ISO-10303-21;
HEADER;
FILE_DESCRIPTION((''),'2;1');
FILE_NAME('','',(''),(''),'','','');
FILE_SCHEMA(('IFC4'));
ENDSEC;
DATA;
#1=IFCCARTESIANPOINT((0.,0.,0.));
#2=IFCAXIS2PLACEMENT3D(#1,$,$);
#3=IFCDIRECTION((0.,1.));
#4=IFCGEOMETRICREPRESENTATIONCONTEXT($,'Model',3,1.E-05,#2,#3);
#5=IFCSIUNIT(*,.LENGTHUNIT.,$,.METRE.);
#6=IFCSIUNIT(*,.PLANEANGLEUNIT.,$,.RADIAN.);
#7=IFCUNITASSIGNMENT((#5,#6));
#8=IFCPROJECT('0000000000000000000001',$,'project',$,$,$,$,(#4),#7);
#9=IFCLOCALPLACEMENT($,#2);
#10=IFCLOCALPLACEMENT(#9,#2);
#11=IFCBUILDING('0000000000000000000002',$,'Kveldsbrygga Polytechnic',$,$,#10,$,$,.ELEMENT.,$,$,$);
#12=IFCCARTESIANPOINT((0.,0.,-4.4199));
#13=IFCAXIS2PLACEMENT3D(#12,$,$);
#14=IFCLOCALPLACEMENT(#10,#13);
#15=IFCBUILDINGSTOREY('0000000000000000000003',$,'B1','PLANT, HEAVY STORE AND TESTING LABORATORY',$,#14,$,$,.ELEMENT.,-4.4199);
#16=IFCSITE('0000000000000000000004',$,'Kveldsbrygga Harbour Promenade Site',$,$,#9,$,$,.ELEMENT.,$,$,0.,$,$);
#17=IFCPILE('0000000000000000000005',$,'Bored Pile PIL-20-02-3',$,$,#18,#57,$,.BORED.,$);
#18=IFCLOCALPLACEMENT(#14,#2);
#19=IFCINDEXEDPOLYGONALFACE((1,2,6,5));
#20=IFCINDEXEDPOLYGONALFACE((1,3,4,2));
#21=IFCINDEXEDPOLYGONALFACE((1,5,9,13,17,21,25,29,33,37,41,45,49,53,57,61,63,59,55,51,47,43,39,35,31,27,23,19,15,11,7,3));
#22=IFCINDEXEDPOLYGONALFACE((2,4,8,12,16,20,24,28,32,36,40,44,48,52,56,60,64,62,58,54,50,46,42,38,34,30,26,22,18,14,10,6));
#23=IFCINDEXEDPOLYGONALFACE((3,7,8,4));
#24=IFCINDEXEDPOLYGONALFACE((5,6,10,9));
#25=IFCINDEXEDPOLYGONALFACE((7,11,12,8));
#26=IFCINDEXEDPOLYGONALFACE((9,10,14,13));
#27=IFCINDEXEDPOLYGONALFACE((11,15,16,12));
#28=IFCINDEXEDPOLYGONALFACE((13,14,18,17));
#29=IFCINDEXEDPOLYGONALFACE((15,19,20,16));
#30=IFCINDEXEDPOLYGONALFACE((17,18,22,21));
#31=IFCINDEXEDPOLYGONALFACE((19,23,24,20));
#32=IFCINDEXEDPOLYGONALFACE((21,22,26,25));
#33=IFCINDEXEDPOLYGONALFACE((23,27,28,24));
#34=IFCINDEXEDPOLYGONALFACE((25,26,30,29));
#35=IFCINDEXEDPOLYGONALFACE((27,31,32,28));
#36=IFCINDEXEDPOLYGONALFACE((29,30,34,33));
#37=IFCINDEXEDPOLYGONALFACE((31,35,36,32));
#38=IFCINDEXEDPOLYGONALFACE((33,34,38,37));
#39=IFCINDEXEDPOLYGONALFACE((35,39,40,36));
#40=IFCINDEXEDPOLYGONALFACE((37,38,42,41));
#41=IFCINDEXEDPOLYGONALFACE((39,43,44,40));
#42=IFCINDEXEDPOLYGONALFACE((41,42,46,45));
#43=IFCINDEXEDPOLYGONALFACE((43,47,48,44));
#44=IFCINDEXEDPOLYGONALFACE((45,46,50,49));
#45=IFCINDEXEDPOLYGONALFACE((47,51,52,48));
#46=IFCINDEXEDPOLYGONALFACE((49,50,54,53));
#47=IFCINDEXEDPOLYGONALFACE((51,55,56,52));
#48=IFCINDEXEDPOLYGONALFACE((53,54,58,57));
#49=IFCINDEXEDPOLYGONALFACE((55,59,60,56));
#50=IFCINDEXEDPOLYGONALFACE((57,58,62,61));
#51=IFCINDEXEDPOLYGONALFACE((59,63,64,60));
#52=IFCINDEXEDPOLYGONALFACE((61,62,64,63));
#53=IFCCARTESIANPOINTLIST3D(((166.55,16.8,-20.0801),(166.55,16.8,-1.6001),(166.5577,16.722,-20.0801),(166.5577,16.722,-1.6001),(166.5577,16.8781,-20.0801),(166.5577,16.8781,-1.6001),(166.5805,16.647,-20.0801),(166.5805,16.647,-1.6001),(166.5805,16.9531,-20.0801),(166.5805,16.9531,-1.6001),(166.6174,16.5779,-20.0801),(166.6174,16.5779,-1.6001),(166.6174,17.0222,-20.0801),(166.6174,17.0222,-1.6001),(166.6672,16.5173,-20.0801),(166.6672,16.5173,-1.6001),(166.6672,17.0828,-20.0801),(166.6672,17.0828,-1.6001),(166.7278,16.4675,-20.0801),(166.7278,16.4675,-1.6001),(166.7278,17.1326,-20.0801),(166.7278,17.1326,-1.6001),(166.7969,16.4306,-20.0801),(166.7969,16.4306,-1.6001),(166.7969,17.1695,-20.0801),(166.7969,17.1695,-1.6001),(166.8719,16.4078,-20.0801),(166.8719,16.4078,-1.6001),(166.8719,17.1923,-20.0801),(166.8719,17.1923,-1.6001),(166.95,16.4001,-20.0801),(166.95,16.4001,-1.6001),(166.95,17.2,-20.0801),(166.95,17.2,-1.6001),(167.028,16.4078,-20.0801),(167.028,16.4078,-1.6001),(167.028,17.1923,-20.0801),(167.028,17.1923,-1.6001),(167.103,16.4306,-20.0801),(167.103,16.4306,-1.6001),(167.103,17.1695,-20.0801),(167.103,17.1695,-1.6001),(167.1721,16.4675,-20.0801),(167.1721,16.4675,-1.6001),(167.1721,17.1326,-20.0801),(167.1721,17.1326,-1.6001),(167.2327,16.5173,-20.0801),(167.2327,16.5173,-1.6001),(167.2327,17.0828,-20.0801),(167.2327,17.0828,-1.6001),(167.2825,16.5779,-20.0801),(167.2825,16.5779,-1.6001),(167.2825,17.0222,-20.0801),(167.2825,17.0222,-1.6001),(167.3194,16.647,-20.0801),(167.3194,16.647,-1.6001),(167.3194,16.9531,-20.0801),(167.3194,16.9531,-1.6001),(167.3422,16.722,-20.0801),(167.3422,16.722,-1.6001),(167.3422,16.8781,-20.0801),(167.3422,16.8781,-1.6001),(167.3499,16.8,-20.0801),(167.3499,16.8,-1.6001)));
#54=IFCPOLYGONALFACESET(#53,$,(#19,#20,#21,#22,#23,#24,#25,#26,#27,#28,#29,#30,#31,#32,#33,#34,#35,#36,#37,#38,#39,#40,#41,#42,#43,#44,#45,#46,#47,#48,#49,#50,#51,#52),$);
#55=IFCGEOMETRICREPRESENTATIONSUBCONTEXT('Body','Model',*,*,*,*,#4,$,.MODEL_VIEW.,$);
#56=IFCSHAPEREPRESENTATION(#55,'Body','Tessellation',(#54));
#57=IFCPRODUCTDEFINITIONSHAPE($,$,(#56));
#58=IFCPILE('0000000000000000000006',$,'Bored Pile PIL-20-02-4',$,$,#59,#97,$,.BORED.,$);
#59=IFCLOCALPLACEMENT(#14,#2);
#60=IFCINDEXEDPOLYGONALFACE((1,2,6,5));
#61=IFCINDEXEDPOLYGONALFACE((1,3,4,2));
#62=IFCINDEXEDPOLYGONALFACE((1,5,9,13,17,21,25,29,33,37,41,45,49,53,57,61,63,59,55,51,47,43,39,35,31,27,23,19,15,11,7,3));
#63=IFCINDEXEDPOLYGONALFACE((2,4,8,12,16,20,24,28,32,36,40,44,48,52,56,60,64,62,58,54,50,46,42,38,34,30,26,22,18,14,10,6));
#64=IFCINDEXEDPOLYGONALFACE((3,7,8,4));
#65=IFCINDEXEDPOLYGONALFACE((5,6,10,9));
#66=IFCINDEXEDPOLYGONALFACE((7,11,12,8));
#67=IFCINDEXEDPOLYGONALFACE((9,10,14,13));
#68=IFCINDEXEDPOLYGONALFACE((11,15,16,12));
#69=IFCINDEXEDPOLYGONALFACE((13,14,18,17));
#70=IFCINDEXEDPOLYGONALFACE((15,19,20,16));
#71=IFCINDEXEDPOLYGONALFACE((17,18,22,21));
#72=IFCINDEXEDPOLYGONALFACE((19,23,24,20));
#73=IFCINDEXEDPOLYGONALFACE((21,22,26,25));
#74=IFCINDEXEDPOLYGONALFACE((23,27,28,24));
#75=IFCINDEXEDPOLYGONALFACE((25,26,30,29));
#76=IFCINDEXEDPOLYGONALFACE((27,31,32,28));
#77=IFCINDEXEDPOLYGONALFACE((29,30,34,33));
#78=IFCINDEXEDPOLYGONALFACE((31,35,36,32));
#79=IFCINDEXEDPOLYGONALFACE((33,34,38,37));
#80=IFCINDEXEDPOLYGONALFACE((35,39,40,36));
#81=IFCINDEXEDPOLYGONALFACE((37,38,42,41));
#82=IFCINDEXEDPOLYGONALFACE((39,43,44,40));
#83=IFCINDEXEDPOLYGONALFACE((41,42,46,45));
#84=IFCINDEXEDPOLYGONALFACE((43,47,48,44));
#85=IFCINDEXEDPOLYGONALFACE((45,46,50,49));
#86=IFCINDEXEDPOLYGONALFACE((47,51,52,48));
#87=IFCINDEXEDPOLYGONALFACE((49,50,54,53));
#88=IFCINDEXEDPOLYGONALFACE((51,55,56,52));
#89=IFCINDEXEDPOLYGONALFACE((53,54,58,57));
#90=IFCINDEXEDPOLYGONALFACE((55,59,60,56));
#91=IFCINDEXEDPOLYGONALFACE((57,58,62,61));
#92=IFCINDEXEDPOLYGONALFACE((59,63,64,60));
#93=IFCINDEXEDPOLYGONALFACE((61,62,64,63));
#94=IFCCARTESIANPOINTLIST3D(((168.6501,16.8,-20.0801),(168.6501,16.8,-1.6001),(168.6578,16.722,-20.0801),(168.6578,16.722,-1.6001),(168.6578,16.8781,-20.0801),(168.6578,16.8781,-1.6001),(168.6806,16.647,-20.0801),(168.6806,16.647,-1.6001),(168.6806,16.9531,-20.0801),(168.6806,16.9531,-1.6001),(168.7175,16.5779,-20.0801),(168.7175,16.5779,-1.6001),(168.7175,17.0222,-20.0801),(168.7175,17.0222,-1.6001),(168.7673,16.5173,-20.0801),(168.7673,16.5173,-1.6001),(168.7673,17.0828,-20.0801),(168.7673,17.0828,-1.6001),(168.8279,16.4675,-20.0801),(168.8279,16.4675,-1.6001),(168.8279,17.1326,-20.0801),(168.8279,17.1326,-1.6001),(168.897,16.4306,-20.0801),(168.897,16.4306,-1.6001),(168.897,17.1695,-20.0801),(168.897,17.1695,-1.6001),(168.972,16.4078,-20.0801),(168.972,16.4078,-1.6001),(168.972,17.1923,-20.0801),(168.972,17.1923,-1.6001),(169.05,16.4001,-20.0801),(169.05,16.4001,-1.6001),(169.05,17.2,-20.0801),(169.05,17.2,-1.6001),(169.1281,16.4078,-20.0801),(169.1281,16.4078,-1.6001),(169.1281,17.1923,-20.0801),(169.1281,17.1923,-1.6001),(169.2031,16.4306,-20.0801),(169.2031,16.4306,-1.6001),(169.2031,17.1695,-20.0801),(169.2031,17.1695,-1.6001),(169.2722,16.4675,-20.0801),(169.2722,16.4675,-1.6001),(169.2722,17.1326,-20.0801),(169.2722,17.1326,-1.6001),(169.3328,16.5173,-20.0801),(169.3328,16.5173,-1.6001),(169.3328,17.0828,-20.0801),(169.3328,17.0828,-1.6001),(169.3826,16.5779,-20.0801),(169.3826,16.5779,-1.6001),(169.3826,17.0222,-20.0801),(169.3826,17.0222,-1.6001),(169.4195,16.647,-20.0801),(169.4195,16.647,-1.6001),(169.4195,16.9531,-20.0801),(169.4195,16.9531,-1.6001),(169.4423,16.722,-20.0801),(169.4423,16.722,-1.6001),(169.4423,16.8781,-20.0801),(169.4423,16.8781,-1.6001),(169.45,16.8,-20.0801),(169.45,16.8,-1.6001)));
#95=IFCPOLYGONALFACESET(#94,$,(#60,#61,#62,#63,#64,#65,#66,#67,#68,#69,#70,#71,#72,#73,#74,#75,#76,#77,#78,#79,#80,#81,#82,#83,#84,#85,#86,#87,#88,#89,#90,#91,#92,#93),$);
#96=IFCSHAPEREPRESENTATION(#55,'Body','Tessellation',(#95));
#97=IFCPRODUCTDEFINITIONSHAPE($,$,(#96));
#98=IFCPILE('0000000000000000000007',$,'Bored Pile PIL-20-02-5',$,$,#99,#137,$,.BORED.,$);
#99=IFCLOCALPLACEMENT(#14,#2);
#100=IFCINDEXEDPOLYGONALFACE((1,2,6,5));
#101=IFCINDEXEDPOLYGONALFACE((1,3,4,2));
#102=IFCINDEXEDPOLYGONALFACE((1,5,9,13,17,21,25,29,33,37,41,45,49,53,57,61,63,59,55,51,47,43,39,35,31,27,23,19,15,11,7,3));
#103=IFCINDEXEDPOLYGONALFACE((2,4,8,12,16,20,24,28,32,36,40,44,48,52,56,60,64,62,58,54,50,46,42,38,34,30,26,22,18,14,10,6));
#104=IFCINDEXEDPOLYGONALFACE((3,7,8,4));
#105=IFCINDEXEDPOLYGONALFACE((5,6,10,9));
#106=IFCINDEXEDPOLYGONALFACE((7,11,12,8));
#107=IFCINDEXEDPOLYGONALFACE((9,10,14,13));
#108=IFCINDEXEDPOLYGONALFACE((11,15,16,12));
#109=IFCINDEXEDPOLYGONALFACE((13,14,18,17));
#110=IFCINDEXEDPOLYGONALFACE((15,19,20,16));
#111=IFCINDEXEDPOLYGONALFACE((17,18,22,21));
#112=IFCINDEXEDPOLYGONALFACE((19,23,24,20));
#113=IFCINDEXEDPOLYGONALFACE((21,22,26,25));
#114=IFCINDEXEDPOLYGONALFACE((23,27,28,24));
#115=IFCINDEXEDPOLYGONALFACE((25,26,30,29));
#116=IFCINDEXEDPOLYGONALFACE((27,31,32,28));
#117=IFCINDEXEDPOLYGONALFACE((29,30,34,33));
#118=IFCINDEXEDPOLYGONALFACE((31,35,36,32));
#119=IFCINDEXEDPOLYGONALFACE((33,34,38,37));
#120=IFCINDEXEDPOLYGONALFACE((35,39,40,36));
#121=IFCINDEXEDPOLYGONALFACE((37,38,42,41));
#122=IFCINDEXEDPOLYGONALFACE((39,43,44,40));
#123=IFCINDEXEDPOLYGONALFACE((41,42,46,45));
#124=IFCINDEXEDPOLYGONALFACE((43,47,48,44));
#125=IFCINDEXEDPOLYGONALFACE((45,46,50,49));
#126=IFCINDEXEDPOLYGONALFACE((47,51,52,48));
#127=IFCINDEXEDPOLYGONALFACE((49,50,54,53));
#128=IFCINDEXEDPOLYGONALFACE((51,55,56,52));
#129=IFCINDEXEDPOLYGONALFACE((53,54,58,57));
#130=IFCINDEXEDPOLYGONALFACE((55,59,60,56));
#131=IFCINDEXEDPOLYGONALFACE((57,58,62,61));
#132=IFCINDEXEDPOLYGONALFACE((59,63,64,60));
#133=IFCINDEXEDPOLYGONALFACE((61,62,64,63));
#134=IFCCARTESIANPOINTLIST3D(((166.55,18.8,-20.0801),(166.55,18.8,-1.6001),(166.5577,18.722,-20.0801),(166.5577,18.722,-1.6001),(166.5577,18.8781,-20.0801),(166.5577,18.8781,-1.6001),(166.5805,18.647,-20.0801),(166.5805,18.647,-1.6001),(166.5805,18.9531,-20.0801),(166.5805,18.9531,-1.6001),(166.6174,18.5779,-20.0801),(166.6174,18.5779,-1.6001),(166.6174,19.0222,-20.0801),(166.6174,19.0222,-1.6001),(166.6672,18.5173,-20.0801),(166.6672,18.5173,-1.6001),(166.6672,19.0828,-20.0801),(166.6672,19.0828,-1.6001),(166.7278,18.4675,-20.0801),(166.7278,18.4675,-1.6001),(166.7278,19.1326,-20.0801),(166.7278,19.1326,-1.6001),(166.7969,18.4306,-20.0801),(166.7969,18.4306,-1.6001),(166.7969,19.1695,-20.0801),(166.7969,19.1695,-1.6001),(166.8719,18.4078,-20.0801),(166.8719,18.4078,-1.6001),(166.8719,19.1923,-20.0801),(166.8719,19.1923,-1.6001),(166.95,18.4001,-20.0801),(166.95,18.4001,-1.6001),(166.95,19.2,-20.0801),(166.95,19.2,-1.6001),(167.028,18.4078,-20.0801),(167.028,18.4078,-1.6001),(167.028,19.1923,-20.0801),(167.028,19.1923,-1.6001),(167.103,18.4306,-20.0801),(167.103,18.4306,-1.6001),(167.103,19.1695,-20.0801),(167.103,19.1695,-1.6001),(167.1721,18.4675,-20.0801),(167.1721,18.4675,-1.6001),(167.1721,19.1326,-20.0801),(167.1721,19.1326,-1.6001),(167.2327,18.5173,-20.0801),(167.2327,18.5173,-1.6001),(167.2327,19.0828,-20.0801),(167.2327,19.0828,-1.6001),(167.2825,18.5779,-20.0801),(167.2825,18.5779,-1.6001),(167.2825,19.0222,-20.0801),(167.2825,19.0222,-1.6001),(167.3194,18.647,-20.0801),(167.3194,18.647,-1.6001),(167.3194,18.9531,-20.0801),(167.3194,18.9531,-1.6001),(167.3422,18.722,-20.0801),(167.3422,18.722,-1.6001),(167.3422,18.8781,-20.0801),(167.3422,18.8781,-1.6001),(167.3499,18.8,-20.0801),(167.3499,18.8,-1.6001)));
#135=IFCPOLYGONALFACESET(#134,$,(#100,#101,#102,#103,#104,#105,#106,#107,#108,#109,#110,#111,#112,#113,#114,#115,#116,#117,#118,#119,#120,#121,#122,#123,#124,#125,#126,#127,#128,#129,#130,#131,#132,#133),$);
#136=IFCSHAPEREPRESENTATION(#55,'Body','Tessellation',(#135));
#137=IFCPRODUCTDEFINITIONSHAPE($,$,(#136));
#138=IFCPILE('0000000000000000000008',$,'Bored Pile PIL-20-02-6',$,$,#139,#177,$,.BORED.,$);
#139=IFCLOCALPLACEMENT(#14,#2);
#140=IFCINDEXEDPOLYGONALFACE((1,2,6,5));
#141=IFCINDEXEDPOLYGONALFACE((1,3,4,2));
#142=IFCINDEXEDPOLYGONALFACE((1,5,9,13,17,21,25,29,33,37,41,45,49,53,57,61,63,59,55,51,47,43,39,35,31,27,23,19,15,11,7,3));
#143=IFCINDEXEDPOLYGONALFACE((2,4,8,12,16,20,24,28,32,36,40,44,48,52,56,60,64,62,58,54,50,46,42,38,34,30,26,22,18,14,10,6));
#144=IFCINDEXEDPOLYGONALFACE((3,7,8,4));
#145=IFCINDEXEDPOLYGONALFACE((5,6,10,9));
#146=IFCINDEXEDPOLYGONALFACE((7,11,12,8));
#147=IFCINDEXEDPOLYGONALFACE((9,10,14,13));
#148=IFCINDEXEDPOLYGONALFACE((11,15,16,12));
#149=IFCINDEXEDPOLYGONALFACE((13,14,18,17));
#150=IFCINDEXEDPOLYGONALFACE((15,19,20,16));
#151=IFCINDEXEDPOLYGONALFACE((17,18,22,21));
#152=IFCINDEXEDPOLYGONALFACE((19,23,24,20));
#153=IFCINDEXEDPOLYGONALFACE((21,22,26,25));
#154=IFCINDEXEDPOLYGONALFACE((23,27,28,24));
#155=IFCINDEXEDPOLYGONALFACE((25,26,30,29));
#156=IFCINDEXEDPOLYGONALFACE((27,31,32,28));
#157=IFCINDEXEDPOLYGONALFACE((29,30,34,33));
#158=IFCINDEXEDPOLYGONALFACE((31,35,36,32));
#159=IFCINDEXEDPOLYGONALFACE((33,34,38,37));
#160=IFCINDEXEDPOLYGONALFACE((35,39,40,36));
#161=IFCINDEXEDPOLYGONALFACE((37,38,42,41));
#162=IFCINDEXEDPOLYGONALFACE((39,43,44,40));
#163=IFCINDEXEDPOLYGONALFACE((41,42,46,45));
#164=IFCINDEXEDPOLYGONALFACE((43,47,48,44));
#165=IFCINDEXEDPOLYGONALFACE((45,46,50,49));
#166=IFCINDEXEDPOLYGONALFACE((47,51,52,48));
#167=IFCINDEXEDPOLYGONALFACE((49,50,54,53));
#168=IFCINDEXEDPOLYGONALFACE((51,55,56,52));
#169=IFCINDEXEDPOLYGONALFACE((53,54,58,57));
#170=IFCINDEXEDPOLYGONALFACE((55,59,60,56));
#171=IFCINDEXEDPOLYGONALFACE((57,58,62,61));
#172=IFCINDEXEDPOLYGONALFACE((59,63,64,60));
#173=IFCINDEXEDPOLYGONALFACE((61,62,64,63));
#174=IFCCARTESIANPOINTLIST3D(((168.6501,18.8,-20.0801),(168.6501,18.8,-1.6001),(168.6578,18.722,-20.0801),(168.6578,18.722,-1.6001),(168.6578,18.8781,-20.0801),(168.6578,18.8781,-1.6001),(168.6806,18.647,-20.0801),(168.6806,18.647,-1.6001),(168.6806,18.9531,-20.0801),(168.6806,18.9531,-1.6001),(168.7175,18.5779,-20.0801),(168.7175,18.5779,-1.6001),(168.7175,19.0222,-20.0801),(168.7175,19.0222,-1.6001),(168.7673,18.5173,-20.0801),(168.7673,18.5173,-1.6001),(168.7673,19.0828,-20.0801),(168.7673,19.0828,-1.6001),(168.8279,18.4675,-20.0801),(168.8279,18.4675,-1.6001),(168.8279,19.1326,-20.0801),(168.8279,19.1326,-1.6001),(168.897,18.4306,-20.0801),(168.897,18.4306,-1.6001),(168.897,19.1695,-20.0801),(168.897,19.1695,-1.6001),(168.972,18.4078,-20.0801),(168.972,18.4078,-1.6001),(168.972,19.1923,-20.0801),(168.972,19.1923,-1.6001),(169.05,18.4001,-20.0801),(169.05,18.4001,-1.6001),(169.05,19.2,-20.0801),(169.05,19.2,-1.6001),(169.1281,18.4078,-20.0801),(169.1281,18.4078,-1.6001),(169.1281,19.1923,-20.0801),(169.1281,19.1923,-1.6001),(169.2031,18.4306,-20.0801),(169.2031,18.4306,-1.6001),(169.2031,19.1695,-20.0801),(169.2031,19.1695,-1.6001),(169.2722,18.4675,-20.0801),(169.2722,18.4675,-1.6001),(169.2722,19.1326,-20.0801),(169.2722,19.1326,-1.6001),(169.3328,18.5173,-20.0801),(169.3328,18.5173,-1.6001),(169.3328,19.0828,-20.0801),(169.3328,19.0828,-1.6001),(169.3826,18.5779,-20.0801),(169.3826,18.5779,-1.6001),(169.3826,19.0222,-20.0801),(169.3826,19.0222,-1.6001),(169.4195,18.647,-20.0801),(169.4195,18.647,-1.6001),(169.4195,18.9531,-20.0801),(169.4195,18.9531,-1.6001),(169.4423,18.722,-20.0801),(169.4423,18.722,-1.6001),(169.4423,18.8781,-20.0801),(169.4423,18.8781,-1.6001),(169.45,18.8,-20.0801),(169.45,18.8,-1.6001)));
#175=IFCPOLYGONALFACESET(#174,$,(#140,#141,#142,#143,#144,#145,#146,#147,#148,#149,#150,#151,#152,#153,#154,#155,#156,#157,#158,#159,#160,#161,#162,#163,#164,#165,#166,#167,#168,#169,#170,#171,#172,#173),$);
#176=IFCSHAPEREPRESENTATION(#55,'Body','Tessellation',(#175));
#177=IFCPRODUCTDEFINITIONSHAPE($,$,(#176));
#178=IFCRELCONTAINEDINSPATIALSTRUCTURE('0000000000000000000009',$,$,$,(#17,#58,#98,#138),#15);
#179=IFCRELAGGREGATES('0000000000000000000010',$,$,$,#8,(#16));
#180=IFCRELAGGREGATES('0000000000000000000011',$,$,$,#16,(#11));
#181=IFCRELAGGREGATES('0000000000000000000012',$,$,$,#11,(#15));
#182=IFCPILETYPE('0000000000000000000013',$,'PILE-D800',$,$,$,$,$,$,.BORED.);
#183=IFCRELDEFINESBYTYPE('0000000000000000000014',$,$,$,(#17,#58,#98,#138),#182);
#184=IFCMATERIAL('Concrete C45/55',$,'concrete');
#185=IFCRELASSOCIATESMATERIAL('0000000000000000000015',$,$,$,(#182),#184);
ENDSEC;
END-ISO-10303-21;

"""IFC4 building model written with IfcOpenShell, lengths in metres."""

from ifc_helpers import new_model, si_unit, direction, frame, origin, origin_2d, place, context, subcontext, project, spatial, circle, extrude, material, material_profile, profile_set, type_object, element, save


model = new_model("IFC4")

# Units and contexts
model_context = context("Model", 3, precision=1e-05, world=origin(), true_north=direction((0.0, 1.0)))
body_context = subcontext(model_context, "Body", "Model", "MODEL_VIEW")
ifc_project = project(units=[si_unit("LENGTHUNIT", "METRE"), si_unit("PLANEANGLEUNIT", "RADIAN")], contexts=[model_context])

# Site, building, storey
site_placement = place(None, origin())
site = spatial("IfcSite", under=ifc_project, at=site_placement, Name="Kveldsbrygga Harbour Promenade Site", CompositionType="ELEMENT", RefElevation=0.0)
building_placement = place(site_placement, origin())
building = spatial("IfcBuilding", under=site, at=building_placement, Name="Kveldsbrygga Polytechnic", CompositionType="ELEMENT")
storey_placement = place(building_placement, frame((0.0, 0.0, -4.4199)))
storey = spatial("IfcBuildingStorey", under=building, at=storey_placement, Name="B1", Description="PLANT, HEAVY STORE AND TESTING LABORATORY", CompositionType="ELEMENT", Elevation=-4.4199)

# Shared definitions
ifc_material_1 = material(Name="Concrete C45/55", Category="concrete")

# Piles
ifc_material_profile_1 = material_profile(ifc_material_1, circle(Radius=0.3999, at=origin_2d()), Name="PILE D800")
ifc_profile_set_1 = profile_set([ifc_material_profile_1], Name="Concrete C45/55")
pile_type = type_object("IfcPileType", Name="PILE-D800", PredefinedType="BORED", material=ifc_profile_set_1)
for number, where, z_axis, x_axis, name in (
    (1, (166.95, 16.8, -1.6001), (0.0, 0.0, -1.0), (1.0, 0.0, 0.0), "Bored Pile PIL-20-02-3"),
    (2, (169.05, 16.8, -1.6001), (0.0, 0.0, -1.0), (1.0, 0.0, 0.0), "Bored Pile PIL-20-02-4"),
    (3, (166.95, 18.8, -1.6001), (0.0, 0.0, -1.0), (1.0, 0.0, 0.0), "Bored Pile PIL-20-02-5"),
    (4, (169.05, 18.8, -1.6001), (0.0, 0.0, -1.0), (1.0, 0.0, 0.0), "Bored Pile PIL-20-02-6"),
):
    element("IfcPile", number, at=place(storey_placement, frame(where, z_axis=z_axis, x_axis=x_axis)), inside=storey, type_object=pile_type, Name=name, PredefinedType="BORED", context=body_context, shape_type="SweptSolid", body=[
        extrude(circle(Radius=0.3999, at=origin_2d()), origin(), (0.0, 0.0, 1.0), 18.48),
    ])

save(model, "model.ifc")
